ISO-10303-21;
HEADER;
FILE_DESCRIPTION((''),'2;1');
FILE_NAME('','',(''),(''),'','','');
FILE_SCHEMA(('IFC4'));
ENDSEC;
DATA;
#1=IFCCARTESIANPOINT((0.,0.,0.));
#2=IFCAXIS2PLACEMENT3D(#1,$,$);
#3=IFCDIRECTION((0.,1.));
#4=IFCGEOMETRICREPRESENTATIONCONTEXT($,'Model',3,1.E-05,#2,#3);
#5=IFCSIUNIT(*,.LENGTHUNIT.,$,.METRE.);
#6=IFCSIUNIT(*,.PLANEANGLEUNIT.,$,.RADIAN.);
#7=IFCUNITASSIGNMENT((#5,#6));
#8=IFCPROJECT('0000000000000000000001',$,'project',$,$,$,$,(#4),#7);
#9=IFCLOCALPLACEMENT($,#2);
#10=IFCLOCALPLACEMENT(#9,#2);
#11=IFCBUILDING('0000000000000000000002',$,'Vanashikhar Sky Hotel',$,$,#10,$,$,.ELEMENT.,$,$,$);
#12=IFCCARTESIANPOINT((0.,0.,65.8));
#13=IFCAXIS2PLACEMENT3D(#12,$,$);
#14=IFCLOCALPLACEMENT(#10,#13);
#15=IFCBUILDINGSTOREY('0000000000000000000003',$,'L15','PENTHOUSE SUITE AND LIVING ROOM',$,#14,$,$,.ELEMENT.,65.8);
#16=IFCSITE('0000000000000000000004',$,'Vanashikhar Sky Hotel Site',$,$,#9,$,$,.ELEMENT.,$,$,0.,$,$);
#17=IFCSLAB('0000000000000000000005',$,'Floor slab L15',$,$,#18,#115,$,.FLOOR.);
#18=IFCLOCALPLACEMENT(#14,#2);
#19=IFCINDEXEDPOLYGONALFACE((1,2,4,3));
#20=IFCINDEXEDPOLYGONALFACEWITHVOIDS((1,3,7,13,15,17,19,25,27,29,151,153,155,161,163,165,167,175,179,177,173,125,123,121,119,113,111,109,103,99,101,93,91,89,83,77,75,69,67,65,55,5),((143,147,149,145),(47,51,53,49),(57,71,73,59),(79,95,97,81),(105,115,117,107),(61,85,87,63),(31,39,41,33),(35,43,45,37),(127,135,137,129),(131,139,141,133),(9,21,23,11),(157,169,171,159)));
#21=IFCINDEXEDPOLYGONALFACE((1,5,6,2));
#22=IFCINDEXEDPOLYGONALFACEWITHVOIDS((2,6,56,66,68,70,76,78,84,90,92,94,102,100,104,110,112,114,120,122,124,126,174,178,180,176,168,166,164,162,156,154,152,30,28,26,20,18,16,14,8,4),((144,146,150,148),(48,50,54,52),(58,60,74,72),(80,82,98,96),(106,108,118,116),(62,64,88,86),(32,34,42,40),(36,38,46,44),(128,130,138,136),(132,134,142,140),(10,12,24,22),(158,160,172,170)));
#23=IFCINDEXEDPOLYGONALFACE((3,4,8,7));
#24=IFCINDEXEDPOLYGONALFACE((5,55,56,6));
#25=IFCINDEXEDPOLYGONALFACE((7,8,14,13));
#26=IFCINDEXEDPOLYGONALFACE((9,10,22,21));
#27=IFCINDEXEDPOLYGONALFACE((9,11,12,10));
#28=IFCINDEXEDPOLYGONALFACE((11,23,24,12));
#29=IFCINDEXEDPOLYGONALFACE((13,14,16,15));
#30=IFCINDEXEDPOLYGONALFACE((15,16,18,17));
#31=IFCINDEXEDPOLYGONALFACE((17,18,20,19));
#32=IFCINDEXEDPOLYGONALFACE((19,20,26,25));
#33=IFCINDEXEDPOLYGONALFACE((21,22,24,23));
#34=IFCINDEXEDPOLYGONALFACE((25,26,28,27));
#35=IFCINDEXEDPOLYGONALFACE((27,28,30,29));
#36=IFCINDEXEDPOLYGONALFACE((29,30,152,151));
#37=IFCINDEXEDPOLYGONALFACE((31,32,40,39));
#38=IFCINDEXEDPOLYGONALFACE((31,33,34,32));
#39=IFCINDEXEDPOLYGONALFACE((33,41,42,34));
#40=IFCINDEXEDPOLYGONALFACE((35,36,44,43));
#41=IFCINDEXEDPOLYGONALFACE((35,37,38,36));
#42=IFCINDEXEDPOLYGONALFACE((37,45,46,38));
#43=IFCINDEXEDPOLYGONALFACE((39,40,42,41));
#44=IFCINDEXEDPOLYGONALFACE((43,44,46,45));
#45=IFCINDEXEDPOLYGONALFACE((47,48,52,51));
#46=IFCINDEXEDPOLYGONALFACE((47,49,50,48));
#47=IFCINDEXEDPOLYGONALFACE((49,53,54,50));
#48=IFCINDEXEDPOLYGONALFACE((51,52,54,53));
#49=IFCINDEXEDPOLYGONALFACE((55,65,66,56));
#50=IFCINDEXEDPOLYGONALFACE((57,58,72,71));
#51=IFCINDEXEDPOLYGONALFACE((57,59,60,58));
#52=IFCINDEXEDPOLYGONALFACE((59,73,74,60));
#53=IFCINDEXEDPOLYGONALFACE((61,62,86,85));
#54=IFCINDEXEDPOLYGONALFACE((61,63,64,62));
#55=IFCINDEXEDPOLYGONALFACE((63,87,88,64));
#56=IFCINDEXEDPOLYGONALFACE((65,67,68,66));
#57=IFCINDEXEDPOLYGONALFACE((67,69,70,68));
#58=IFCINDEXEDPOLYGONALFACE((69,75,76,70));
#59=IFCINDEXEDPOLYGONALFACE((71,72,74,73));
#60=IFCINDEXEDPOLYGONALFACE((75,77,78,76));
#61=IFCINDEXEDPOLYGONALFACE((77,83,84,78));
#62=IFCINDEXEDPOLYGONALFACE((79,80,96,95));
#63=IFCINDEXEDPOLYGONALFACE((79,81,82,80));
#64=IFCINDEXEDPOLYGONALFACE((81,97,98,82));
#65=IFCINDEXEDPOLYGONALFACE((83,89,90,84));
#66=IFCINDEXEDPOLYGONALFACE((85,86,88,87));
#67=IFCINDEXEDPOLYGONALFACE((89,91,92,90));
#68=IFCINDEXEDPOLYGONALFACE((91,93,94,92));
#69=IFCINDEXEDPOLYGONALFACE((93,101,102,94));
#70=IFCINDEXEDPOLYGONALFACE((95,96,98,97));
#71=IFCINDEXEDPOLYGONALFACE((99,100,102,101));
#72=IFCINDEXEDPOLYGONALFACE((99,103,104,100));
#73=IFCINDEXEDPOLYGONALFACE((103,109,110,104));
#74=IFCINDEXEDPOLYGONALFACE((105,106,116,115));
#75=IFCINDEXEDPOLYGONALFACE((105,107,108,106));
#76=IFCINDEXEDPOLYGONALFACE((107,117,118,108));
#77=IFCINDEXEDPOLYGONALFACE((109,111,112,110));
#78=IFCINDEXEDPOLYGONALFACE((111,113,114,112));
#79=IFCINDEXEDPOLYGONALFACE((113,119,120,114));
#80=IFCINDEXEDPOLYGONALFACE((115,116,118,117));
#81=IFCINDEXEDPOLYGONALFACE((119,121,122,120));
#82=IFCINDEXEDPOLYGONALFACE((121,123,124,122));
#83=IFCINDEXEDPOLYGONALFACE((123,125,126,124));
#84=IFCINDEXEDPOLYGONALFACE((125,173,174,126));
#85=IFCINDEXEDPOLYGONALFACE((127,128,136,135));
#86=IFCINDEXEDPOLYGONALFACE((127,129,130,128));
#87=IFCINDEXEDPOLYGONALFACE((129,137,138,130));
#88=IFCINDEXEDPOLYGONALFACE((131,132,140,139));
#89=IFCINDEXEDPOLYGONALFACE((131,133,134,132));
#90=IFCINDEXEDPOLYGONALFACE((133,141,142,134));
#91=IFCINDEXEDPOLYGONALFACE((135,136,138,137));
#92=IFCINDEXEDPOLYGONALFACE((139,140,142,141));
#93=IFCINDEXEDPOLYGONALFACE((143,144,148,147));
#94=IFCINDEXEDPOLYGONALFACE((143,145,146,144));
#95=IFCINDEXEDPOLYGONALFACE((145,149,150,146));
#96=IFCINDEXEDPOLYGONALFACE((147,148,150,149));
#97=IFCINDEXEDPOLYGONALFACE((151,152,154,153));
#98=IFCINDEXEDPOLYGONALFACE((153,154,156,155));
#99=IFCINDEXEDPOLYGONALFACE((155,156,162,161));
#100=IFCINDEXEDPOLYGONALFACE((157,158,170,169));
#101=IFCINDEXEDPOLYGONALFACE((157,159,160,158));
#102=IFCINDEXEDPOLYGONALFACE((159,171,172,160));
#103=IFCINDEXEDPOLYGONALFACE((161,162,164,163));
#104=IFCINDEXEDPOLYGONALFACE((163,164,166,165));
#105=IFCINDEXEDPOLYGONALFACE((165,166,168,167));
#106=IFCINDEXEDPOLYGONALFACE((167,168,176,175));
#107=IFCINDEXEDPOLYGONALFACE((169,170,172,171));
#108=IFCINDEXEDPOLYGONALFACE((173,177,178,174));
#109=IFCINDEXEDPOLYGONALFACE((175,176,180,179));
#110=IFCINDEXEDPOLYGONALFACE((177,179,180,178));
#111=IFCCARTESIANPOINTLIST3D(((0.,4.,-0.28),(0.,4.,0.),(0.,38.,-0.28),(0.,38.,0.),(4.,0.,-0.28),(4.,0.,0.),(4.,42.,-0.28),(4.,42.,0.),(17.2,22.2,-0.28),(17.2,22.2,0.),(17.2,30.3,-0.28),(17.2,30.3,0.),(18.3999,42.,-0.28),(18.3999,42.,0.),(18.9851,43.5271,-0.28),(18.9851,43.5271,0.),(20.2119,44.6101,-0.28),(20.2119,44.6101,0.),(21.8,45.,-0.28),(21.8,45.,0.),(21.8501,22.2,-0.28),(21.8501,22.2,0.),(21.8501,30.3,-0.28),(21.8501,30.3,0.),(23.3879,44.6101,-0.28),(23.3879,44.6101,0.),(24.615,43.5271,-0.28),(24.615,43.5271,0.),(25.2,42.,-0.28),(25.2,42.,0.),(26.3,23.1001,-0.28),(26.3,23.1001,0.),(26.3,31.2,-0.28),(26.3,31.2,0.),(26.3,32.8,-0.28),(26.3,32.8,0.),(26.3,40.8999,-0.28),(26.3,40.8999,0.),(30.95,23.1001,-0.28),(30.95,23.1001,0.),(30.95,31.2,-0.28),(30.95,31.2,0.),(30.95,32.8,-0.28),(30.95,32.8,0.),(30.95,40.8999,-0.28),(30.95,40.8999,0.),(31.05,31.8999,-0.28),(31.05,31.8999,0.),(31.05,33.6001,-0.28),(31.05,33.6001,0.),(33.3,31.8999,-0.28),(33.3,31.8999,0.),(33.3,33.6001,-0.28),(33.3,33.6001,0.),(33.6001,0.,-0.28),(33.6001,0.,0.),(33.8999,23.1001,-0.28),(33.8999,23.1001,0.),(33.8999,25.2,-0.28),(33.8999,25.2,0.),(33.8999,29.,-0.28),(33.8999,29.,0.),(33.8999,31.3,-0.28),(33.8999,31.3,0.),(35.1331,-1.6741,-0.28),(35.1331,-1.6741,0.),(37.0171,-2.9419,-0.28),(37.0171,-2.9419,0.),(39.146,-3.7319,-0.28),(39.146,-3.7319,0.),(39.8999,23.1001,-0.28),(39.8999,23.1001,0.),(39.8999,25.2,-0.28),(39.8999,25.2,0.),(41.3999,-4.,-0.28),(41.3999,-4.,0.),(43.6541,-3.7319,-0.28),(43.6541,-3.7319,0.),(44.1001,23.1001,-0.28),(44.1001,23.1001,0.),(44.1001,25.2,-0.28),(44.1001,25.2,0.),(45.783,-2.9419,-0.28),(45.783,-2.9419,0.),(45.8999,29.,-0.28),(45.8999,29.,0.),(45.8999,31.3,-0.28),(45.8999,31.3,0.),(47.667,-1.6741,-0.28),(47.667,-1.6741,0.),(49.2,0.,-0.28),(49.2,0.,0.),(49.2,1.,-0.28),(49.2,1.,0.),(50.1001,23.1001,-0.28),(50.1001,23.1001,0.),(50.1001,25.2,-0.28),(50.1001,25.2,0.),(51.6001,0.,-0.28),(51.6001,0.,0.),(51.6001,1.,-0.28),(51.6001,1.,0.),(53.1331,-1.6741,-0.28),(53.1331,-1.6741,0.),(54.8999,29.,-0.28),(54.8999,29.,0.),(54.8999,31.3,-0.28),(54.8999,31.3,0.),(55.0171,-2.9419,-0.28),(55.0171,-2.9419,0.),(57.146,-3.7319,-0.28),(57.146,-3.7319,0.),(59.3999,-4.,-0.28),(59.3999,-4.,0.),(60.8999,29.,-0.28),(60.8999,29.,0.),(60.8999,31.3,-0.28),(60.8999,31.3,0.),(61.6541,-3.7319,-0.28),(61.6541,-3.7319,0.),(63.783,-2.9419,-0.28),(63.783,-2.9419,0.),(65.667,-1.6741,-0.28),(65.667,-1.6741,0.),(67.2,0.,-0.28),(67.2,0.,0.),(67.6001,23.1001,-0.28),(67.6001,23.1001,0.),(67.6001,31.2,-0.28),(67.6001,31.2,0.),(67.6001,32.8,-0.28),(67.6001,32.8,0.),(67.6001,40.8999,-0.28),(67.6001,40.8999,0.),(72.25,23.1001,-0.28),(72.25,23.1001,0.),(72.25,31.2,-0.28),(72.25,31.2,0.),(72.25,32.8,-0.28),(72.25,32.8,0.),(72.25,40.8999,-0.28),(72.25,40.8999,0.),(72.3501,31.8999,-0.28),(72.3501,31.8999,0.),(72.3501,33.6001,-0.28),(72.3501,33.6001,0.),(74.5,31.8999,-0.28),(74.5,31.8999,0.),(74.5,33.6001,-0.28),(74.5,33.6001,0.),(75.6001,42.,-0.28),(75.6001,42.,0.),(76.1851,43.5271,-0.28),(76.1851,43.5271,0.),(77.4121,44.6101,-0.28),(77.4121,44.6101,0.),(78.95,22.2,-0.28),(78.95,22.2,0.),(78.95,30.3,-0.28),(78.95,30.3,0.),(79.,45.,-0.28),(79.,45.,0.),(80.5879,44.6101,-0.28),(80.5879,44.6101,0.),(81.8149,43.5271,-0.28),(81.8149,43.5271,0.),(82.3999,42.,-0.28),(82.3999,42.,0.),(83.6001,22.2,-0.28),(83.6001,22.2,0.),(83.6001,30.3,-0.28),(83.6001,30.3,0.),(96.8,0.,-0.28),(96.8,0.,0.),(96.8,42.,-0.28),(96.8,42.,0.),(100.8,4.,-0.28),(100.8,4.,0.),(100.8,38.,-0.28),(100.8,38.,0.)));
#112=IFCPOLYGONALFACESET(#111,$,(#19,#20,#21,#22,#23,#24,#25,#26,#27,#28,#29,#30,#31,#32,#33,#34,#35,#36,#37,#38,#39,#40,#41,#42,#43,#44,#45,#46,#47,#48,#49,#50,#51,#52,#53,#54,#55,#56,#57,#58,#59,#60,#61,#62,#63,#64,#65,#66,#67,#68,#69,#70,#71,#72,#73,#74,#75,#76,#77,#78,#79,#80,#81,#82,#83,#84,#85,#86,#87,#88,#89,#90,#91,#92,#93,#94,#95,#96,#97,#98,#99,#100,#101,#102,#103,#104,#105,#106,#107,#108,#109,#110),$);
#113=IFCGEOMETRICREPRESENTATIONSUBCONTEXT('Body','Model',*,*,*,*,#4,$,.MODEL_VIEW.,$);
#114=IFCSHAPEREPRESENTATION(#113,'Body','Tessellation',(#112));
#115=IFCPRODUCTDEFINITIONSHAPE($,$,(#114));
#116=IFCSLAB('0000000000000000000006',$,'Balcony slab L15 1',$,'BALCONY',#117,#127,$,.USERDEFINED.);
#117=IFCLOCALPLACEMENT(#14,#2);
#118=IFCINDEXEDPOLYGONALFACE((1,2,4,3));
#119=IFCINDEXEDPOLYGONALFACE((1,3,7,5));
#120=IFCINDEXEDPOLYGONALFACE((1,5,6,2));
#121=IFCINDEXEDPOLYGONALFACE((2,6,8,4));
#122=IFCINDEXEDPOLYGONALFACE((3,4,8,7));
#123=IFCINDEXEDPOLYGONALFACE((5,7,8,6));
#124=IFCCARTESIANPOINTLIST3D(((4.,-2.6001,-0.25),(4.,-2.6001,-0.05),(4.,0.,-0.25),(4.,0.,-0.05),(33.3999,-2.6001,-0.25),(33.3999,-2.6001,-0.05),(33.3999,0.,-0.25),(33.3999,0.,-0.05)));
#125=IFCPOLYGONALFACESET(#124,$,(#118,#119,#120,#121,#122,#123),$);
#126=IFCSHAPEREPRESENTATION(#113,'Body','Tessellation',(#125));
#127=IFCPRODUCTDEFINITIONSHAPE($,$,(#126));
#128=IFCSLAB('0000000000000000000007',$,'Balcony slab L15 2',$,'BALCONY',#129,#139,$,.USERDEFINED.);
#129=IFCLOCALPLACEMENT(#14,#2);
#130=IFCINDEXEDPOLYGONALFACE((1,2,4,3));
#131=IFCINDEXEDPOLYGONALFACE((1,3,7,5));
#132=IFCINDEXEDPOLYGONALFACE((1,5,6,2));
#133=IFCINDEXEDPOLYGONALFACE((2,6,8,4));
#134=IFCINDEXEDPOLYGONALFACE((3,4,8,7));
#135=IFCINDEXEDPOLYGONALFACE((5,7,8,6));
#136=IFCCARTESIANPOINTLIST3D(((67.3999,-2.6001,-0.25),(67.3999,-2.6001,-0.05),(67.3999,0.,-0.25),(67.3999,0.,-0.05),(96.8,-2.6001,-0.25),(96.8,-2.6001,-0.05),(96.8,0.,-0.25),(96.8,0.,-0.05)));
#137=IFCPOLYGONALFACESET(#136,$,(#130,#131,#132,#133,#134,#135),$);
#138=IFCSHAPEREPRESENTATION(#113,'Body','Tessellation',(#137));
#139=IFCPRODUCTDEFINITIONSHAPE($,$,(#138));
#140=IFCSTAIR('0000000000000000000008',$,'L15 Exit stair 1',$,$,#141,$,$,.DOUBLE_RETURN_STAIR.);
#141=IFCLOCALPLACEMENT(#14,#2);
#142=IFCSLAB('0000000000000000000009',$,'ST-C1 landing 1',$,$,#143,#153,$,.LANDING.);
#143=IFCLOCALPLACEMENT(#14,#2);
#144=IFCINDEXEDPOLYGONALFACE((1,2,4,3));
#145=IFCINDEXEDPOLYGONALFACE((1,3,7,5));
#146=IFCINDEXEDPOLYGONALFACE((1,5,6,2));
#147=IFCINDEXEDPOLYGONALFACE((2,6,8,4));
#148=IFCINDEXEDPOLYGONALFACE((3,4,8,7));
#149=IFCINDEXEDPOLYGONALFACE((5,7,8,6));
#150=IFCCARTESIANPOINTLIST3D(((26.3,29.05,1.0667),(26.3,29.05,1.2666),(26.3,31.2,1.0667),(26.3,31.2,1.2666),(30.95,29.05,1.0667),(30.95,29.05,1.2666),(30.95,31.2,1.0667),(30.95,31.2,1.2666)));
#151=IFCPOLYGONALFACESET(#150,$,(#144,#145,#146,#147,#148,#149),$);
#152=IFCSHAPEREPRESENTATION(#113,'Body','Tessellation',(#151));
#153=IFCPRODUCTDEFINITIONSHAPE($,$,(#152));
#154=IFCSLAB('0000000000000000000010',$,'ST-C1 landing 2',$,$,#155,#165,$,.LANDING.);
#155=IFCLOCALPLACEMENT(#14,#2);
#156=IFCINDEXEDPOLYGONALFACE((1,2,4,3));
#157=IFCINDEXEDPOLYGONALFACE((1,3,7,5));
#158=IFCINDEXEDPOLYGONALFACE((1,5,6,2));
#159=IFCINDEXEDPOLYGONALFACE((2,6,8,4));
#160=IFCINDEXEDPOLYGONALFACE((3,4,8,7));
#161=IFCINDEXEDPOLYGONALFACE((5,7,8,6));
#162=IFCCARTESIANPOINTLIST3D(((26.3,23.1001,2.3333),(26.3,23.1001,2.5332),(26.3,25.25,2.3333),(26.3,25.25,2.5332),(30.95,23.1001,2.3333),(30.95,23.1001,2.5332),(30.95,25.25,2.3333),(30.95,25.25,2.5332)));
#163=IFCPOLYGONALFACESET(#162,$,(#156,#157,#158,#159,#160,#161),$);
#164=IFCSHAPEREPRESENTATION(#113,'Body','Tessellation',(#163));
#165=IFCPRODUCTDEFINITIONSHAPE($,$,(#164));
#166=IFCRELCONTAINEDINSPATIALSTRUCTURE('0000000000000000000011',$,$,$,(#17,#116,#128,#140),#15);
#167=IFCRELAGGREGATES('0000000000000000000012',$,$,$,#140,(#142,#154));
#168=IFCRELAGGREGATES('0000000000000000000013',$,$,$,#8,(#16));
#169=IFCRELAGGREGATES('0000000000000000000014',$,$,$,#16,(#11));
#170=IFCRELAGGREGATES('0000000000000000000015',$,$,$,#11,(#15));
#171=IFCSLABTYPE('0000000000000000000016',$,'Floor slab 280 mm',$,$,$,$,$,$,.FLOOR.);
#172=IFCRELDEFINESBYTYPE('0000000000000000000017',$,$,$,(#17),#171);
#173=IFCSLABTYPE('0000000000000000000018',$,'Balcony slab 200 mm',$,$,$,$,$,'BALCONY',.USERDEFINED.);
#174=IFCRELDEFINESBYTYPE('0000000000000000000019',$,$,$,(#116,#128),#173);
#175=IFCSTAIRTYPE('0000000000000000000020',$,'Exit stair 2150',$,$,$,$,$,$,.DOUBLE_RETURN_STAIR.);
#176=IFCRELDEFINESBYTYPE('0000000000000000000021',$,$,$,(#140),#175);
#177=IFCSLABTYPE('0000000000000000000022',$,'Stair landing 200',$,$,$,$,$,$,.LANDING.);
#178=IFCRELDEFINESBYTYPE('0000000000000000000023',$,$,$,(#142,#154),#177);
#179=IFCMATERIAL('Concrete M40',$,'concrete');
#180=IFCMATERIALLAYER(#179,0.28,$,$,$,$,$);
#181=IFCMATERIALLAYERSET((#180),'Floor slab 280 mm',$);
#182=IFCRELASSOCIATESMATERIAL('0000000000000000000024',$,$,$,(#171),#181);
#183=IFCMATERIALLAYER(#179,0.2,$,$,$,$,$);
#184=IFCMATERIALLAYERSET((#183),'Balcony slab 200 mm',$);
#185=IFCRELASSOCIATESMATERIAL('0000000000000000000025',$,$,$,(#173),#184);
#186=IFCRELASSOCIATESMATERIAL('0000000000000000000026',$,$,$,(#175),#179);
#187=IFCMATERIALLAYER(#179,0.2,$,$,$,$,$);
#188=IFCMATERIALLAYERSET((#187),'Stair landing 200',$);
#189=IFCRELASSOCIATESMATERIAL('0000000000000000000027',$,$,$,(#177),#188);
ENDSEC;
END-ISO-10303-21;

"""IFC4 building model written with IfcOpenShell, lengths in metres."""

from ifc_helpers import new_model, si_unit, direction, frame, origin, place, context, subcontext, project, spatial, polyline, outline, extrude, source, transform, mapped, material, layer, layer_set, type_object, element, aggregate, save


model = new_model("IFC4")

# Units and contexts
model_context = context("Model", 3, precision=1e-05, world=origin(), true_north=direction((0.0, 1.0)))
body_context = subcontext(model_context, "Body", "Model", "MODEL_VIEW")
ifc_project = project(units=[si_unit("LENGTHUNIT", "METRE"), si_unit("PLANEANGLEUNIT", "RADIAN")], contexts=[model_context])

# Site, building, storey
site_placement = place(None, origin())
site = spatial("IfcSite", under=ifc_project, at=site_placement, Name="Vanashikhar Sky Hotel Site", CompositionType="ELEMENT", RefElevation=0.0)
building_placement = place(site_placement, origin())
building = spatial("IfcBuilding", under=site, at=building_placement, Name="Vanashikhar Sky Hotel", CompositionType="ELEMENT")
storey_placement = place(building_placement, frame((0.0, 0.0, 65.8)))
storey = spatial("IfcBuildingStorey", under=building, at=storey_placement, Name="L15", Description="PENTHOUSE SUITE AND LIVING ROOM", CompositionType="ELEMENT", Elevation=65.8)

# Slabs
ifc_material_1 = material(Name="Concrete M40", Category="concrete")
ifc_layer_1 = layer(ifc_material_1, 0.28)
ifc_layer_set_1 = layer_set([ifc_layer_1], Name="Floor slab 280 mm")
slab_type_1 = type_object("IfcSlabType", Name="Floor slab 280 mm", PredefinedType="FLOOR", material=ifc_layer_set_1)
shared_shape_1 = source(origin(), body_context, "Body", "SweptSolid", [
    extrude(outline(polyline([(49.2, 0.0), (49.2, 1.0), (51.6001, 1.0), (51.6001, 0.0), (53.1331, -1.6741), (55.0171, -2.9419), (57.146, -3.7319), (59.3999, -4.0), (61.6541, -3.7319), (63.783, -2.9419), (65.667, -1.6741), (67.2, 0.0), (96.8, 0.0), (100.8, 4.0), (100.8, 38.0), (96.8, 42.0), (82.3999, 42.0), (81.8149, 43.5271), (80.5879, 44.6101), (79.0, 45.0), (77.4121, 44.6101), (76.1851, 43.5271), (75.6001, 42.0), (25.2, 42.0), (24.615, 43.5271), (23.3879, 44.6101), (21.8, 45.0), (20.2119, 44.6101), (18.9851, 43.5271), (18.3999, 42.0), (4.0, 42.0), (0.0, 38.0), (0.0, 4.0), (4.0, 0.0), (33.6001, 0.0), (35.1331, -1.6741), (37.0171, -2.9419), (39.146, -3.7319), (41.3999, -4.0), (43.6541, -3.7319), (45.783, -2.9419), (47.667, -1.6741), (49.2, 0.0)]), holes=[polyline([(33.3, 33.6001), (31.05, 33.6001), (31.05, 31.8999), (33.3, 31.8999), (33.3, 33.6001)]), polyline([(33.8999, 25.2), (33.8999, 23.1001), (39.8999, 23.1001), (39.8999, 25.2), (33.8999, 25.2)]), polyline([(33.8999, 31.3), (33.8999, 29.0), (45.8999, 29.0), (45.8999, 31.3), (33.8999, 31.3)]), polyline([(44.1001, 25.2), (44.1001, 23.1001), (50.1001, 23.1001), (50.1001, 25.2), (44.1001, 25.2)]), polyline([(54.8999, 31.3), (54.8999, 29.0), (60.8999, 29.0), (60.8999, 31.3), (54.8999, 31.3)]), polyline([(74.5, 33.6001), (72.3501, 33.6001), (72.3501, 31.8999), (74.5, 31.8999), (74.5, 33.6001)]), polyline([(30.95, 23.1001), (30.95, 31.2), (26.3, 31.2), (26.3, 23.1001), (30.95, 23.1001)]), polyline([(72.25, 23.1001), (72.25, 31.2), (67.6001, 31.2), (67.6001, 23.1001), (72.25, 23.1001)]), polyline([(30.95, 32.8), (30.95, 40.8999), (26.3, 40.8999), (26.3, 32.8), (30.95, 32.8)]), polyline([(72.25, 32.8), (72.25, 40.8999), (67.6001, 40.8999), (67.6001, 32.8), (72.25, 32.8)]), polyline([(83.6001, 22.2), (83.6001, 30.3), (78.95, 30.3), (78.95, 22.2), (83.6001, 22.2)]), polyline([(21.8501, 22.2), (21.8501, 30.3), (17.2, 30.3), (17.2, 22.2), (21.8501, 22.2)])]), origin(), (0.0, 0.0, 1.0), 0.28),
])
slab_1_placement = place(storey_placement, frame((0.0, 0.0, -0.28)))
element("IfcSlab", 1, at=slab_1_placement, inside=storey, type_object=slab_type_1, Name="Floor slab L15", PredefinedType="FLOOR", context=body_context, shape_type="MappedRepresentation", body=[
    mapped(shared_shape_1, transform((0.0, 0.0, 0.0), scale=1.0)),
])
ifc_layer_2 = layer(ifc_material_1, 0.2)
ifc_layer_set_2 = layer_set([ifc_layer_2], Name="Balcony slab 200 mm")
slab_type_2 = type_object("IfcSlabType", Name="Balcony slab 200 mm", ElementType="BALCONY", PredefinedType="USERDEFINED", material=ifc_layer_set_2)
shared_shape_2 = source(origin(), body_context, "Body", "SweptSolid", [
    extrude(outline(polyline([(4.0, -2.6001), (33.3999, -2.6001), (33.3999, 0.0), (4.0, 0.0), (4.0, -2.6001)])), origin(), (0.0, 0.0, 1.0), 0.2),
])
slab_2_placement = place(storey_placement, frame((0.0, 0.0, -0.25)))
element("IfcSlab", 2, at=slab_2_placement, inside=storey, type_object=slab_type_2, Name="Balcony slab L15 1", ObjectType="BALCONY", PredefinedType="USERDEFINED", context=body_context, shape_type="MappedRepresentation", body=[
    mapped(shared_shape_2, transform((0.0, 0.0, 0.0), scale=1.0)),
])
shared_shape_3 = source(origin(), body_context, "Body", "SweptSolid", [
    extrude(outline(polyline([(67.3999, -2.6001), (96.8, -2.6001), (96.8, 0.0), (67.3999, 0.0), (67.3999, -2.6001)])), origin(), (0.0, 0.0, 1.0), 0.2),
])
slab_3_placement = place(storey_placement, frame((0.0, 0.0, -0.25)))
element("IfcSlab", 3, at=slab_3_placement, inside=storey, type_object=slab_type_2, Name="Balcony slab L15 2", ObjectType="BALCONY", PredefinedType="USERDEFINED", context=body_context, shape_type="MappedRepresentation", body=[
    mapped(shared_shape_3, transform((0.0, 0.0, 0.0), scale=1.0)),
])

# Stair, slabs
stair_type = type_object("IfcStairType", Name="Exit stair 2150", PredefinedType="DOUBLE_RETURN_STAIR", material=ifc_material_1)
stair_1_placement = place(storey_placement, origin())
stair_1 = element("IfcStair", 4, at=stair_1_placement, inside=storey, type_object=stair_type, Name="L15 Exit stair 1", PredefinedType="DOUBLE_RETURN_STAIR")
ifc_layer_3 = layer(ifc_material_1, 0.2)
ifc_layer_set_3 = layer_set([ifc_layer_3], Name="Stair landing 200")
slab_type_3 = type_object("IfcSlabType", Name="Stair landing 200", PredefinedType="LANDING", material=ifc_layer_set_3)
shared_shape_4 = source(origin(), body_context, "Body", "SweptSolid", [
    extrude(outline(polyline([(30.95, 29.05), (30.95, 31.2), (26.3, 31.2), (26.3, 29.05), (30.95, 29.05)])), origin(), (0.0, 0.0, 1.0), 0.2),
])
slab_4_placement = place(storey_placement, frame((0.0, 0.0, 1.0667)))
slab_4 = element("IfcSlab", 5, at=slab_4_placement, type_object=slab_type_3, Name="ST-C1 landing 1", PredefinedType="LANDING", context=body_context, shape_type="MappedRepresentation", body=[
    mapped(shared_shape_4, transform((0.0, 0.0, 0.0), scale=1.0)),
])
shared_shape_5 = source(origin(), body_context, "Body", "SweptSolid", [
    extrude(outline(polyline([(30.95, 23.1001), (30.95, 25.25), (26.3, 25.25), (26.3, 23.1001), (30.95, 23.1001)])), origin(), (0.0, 0.0, 1.0), 0.2),
])
slab_5_placement = place(storey_placement, frame((0.0, 0.0, 2.3333)))
slab_5 = element("IfcSlab", 6, at=slab_5_placement, type_object=slab_type_3, Name="ST-C1 landing 2", PredefinedType="LANDING", context=body_context, shape_type="MappedRepresentation", body=[
    mapped(shared_shape_5, transform((0.0, 0.0, 0.0), scale=1.0)),
])
aggregate(stair_1, [slab_4, slab_5])

save(model, "model.ifc")
